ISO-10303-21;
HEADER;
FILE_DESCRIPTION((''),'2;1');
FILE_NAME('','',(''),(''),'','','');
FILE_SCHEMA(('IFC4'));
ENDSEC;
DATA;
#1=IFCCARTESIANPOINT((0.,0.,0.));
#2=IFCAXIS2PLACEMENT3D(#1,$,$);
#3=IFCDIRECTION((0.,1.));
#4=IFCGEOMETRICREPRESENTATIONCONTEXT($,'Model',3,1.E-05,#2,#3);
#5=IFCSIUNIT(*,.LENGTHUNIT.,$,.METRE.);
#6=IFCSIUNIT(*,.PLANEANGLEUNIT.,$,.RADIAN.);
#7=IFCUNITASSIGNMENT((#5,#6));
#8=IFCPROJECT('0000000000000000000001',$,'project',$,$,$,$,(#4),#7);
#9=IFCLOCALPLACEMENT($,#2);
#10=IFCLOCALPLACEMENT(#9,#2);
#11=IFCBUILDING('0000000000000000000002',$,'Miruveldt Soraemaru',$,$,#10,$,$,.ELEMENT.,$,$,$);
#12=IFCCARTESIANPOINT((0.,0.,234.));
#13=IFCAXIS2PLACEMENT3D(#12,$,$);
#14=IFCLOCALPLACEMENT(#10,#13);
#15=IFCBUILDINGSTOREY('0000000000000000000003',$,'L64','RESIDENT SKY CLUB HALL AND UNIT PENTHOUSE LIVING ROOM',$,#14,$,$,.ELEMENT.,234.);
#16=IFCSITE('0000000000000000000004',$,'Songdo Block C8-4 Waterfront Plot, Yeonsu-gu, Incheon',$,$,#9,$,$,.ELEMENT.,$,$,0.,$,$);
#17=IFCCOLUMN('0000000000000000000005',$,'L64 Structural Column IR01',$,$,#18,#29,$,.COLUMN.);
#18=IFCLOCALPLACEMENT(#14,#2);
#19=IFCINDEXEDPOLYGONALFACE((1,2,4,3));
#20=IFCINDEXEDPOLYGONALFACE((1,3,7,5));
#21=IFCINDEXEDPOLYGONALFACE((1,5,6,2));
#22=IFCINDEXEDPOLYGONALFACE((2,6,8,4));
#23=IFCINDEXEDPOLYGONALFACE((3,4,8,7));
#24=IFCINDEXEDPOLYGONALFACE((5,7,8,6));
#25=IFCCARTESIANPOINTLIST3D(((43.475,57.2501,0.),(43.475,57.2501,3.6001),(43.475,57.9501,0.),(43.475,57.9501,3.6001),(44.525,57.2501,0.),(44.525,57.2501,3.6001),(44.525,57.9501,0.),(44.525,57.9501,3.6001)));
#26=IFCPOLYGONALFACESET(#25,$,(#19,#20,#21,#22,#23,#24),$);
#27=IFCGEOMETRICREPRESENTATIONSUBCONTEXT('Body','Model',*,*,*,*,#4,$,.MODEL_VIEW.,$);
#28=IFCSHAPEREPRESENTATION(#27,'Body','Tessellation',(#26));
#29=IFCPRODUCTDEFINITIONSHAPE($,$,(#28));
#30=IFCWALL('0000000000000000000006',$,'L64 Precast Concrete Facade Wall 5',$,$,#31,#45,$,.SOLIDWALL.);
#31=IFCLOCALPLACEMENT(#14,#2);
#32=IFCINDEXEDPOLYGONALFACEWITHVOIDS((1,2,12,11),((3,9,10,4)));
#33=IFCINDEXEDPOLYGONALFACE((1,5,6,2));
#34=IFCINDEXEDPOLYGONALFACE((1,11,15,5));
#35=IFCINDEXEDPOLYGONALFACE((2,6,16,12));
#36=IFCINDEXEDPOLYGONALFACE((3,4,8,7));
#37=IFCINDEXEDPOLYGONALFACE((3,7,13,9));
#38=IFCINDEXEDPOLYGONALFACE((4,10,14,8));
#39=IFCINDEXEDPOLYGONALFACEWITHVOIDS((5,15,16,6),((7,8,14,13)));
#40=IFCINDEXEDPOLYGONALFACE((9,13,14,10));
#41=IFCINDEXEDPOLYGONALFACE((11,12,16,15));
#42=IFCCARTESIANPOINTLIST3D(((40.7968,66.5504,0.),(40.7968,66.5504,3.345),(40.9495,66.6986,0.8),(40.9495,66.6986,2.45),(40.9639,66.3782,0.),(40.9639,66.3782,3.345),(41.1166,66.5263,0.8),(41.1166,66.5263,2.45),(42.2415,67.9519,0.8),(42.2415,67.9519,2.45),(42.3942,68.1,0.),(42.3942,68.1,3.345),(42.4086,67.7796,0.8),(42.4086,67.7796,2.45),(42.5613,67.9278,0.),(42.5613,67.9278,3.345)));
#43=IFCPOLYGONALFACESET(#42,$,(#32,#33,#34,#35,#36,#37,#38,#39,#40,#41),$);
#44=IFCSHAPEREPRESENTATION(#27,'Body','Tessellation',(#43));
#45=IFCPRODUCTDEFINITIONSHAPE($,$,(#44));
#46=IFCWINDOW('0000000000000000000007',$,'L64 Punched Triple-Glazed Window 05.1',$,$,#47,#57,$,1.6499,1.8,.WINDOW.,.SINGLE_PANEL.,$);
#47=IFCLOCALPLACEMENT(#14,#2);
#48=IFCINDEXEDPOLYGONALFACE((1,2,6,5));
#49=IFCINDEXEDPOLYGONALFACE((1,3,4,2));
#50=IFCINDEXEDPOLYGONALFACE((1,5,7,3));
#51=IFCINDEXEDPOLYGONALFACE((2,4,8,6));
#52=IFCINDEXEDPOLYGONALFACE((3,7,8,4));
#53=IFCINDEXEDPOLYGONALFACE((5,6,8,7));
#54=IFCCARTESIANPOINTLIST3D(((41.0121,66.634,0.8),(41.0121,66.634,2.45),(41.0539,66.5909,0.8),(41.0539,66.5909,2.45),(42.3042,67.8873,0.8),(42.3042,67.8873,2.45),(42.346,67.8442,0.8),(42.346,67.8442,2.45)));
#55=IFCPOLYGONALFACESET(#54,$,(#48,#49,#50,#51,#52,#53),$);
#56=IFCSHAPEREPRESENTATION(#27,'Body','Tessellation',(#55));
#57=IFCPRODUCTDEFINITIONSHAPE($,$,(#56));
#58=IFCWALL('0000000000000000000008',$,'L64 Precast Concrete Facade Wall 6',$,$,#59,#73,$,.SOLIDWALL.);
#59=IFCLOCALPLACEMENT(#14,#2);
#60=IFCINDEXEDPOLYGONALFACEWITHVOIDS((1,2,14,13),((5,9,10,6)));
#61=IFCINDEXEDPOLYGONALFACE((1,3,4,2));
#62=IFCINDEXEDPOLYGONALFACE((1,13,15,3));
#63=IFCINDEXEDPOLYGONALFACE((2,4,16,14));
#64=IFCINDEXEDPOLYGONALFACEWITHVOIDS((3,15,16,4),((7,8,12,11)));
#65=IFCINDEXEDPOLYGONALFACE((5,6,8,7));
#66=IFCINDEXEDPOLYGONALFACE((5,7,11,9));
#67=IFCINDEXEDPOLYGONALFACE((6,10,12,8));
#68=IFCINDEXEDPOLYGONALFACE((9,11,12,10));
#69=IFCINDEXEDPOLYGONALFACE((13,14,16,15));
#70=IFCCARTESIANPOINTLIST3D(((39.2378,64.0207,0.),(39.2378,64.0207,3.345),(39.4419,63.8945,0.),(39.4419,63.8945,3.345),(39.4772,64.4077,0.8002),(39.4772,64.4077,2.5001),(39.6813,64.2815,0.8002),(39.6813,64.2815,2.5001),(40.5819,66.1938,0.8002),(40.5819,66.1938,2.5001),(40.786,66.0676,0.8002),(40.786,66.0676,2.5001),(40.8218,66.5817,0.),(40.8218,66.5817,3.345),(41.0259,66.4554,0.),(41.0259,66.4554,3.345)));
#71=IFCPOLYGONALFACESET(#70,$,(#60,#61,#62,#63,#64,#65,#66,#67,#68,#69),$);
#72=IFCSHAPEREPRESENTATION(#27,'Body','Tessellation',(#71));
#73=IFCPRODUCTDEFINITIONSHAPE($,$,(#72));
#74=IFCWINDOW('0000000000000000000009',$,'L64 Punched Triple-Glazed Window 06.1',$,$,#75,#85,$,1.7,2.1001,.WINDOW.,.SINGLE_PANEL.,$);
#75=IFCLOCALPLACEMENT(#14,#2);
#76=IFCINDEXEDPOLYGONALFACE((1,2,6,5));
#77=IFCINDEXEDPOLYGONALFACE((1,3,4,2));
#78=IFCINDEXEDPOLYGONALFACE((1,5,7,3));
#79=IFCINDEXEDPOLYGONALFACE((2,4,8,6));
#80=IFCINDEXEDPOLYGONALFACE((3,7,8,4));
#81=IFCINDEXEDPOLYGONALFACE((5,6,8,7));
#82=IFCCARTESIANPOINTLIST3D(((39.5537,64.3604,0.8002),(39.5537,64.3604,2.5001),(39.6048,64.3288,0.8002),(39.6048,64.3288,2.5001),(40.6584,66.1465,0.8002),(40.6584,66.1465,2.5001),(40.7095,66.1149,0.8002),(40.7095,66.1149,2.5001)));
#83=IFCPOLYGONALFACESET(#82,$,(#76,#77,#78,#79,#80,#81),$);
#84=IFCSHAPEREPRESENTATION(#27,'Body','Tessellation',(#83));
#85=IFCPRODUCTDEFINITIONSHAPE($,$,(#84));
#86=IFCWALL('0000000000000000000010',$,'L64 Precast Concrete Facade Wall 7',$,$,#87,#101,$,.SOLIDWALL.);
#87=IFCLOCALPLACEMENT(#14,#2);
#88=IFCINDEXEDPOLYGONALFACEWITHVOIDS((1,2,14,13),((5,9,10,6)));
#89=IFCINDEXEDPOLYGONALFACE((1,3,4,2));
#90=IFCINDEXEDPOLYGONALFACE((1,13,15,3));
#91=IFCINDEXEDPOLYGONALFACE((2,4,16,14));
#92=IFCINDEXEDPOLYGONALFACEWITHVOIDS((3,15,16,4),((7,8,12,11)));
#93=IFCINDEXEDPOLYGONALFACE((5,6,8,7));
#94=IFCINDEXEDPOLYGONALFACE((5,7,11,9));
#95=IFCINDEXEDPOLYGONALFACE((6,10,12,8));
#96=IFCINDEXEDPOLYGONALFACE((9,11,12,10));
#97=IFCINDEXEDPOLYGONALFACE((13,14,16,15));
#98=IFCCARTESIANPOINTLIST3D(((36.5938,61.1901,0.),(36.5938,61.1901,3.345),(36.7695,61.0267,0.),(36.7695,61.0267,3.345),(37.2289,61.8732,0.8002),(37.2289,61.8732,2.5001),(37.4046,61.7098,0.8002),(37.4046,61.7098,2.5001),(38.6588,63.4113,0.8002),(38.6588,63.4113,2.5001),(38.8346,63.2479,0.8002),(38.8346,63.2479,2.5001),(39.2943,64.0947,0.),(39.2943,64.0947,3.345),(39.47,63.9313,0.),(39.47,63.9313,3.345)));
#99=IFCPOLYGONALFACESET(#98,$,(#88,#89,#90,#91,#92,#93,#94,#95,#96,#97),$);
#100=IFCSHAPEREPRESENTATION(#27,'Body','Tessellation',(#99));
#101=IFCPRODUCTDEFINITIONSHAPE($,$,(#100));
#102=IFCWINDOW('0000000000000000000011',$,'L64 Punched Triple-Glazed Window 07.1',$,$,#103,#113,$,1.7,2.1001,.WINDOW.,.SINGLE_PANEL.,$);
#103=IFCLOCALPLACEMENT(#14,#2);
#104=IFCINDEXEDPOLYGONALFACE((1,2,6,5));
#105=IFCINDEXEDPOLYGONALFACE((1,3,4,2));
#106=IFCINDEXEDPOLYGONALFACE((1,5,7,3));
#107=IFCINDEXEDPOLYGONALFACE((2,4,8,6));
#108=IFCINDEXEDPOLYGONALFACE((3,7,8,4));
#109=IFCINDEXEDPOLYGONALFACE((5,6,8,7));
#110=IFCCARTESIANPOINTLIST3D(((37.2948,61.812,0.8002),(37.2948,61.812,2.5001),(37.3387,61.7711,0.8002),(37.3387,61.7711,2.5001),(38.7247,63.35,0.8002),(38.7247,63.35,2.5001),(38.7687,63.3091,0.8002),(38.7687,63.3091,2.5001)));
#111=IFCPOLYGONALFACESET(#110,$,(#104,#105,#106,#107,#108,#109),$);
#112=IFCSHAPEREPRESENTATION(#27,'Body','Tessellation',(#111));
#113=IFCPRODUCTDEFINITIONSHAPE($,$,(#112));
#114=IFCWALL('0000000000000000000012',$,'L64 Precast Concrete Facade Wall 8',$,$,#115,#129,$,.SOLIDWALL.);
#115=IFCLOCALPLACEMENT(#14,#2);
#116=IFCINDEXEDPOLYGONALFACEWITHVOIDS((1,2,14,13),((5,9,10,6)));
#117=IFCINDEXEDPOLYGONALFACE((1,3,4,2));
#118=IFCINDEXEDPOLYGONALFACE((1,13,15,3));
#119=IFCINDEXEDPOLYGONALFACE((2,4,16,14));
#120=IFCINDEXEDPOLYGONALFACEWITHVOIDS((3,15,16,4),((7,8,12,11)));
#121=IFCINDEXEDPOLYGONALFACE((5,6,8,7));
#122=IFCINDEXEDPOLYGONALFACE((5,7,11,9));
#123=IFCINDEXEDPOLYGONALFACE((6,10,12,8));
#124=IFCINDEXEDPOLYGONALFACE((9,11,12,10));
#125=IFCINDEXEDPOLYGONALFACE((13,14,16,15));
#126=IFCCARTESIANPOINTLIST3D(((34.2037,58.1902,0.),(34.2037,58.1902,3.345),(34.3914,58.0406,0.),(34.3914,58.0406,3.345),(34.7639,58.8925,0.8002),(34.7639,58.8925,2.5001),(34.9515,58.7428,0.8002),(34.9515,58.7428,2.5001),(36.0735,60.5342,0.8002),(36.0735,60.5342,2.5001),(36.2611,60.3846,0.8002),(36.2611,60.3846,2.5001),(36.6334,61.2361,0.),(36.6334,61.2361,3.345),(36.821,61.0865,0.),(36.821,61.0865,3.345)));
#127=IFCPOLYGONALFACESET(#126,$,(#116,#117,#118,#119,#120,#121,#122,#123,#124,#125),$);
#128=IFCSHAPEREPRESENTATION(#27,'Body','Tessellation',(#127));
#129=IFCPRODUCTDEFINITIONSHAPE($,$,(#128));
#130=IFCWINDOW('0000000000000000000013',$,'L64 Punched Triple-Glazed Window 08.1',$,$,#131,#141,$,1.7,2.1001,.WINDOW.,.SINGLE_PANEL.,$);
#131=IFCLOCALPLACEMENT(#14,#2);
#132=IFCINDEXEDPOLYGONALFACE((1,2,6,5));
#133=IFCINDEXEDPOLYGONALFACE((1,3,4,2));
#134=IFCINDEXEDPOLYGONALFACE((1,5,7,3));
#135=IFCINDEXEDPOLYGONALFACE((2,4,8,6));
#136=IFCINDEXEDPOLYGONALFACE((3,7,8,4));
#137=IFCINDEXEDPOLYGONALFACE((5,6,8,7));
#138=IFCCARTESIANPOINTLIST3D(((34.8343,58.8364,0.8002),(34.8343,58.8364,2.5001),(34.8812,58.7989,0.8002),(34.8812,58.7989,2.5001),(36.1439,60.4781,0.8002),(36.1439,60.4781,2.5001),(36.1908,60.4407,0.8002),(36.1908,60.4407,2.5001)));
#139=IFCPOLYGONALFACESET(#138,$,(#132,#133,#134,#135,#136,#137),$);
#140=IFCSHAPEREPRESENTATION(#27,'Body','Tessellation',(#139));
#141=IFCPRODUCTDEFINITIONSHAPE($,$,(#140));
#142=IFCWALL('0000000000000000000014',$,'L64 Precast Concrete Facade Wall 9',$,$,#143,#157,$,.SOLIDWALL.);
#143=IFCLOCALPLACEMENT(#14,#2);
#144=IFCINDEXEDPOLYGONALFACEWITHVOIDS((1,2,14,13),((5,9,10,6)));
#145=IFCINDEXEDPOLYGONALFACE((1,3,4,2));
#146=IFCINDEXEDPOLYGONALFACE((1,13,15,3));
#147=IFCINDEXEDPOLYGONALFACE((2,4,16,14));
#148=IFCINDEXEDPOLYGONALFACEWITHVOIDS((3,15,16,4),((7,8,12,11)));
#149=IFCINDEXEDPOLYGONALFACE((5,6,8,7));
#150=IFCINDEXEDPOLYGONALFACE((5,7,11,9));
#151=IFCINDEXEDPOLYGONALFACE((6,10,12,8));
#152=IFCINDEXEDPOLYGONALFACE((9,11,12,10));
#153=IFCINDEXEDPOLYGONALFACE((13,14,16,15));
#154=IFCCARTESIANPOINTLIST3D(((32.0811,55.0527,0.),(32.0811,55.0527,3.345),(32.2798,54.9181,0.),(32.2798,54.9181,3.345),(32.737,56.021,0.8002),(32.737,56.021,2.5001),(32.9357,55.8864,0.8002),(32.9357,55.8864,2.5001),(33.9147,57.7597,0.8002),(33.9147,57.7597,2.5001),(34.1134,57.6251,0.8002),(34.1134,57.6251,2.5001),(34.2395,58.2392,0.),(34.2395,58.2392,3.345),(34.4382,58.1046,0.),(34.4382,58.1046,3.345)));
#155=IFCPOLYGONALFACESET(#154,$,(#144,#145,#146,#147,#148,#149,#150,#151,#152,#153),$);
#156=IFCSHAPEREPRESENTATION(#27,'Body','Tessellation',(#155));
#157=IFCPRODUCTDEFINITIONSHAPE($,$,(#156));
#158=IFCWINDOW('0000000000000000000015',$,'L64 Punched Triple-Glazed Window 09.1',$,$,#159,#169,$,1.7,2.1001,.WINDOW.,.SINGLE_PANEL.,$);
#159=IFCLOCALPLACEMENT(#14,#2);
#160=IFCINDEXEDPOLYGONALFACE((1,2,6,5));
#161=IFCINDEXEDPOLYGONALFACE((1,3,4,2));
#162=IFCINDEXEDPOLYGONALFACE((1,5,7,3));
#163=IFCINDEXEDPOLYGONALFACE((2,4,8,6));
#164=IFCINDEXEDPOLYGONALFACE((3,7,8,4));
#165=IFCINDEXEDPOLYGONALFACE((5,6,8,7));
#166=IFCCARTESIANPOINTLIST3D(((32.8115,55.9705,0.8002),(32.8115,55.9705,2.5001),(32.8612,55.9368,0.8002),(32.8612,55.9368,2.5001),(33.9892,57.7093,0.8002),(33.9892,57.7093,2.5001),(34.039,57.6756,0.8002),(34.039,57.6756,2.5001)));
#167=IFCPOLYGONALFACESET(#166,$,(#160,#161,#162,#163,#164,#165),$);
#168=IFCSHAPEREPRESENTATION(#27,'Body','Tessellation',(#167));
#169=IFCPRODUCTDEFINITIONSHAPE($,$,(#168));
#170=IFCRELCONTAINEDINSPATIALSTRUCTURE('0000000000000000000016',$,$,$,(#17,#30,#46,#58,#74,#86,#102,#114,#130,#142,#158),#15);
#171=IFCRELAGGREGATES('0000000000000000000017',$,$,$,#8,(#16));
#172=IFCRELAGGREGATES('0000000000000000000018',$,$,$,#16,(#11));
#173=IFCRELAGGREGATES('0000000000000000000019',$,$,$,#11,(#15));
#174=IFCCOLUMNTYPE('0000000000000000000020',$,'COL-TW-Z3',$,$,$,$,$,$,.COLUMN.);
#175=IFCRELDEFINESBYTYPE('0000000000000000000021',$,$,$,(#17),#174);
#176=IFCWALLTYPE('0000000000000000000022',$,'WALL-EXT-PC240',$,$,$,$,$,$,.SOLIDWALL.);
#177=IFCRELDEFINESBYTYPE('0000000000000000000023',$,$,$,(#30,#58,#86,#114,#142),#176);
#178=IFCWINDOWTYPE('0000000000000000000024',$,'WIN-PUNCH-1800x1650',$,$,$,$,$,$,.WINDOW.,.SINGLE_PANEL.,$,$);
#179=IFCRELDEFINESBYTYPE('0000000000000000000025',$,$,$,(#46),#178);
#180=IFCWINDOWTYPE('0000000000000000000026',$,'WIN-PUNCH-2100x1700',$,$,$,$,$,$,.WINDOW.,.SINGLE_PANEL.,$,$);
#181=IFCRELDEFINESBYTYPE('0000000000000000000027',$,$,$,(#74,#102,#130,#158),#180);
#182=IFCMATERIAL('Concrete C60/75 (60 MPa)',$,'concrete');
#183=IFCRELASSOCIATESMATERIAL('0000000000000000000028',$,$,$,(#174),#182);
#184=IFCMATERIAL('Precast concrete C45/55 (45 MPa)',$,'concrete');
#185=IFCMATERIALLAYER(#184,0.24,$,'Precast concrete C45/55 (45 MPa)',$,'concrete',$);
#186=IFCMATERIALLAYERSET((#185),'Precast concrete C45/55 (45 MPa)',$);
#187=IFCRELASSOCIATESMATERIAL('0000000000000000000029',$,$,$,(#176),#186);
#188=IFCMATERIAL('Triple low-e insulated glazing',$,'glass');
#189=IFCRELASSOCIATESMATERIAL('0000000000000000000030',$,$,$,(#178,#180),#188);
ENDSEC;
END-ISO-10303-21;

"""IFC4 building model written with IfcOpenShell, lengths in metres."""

from ifc_helpers import new_model, si_unit, direction, frame, frame_2d, origin, origin_2d, place, context, subcontext, project, spatial, rectangle, extrude, material, layer, layer_set, material_profile, profile_set, type_object, element, fill, save


model = new_model("IFC4")

# Units and contexts
model_context = context("Model", 3, precision=1e-05, world=origin(), true_north=direction((0.0, 1.0)))
body_context = subcontext(model_context, "Body", "Model", "MODEL_VIEW")
ifc_project = project(units=[si_unit("LENGTHUNIT", "METRE"), si_unit("PLANEANGLEUNIT", "RADIAN")], contexts=[model_context])

# Site, building, storey
site_placement = place(None, origin())
site = spatial("IfcSite", under=ifc_project, at=site_placement, Name="Songdo Block C8-4 Waterfront Plot, Yeonsu-gu, Incheon", CompositionType="ELEMENT", RefElevation=0.0)
building_placement = place(site_placement, origin())
building = spatial("IfcBuilding", under=site, at=building_placement, Name="Miruveldt Soraemaru", CompositionType="ELEMENT")
storey_placement = place(building_placement, frame((0.0, 0.0, 234.0)))
storey = spatial("IfcBuildingStorey", under=building, at=storey_placement, Name="L64", Description="RESIDENT SKY CLUB HALL AND UNIT PENTHOUSE LIVING ROOM", CompositionType="ELEMENT", Elevation=234.0)

# Column
ifc_material_1 = material(Name="Concrete C60/75 (60 MPa)", Category="concrete")
ifc_material_profile = material_profile(ifc_material_1, rectangle(XDim=1.05, YDim=0.7, at=origin_2d()), Name="Concrete C60/75 (60 MPa)", Category="concrete")
ifc_profile_set = profile_set([ifc_material_profile], Name="Concrete C60/75 (60 MPa)")
column_type = type_object("IfcColumnType", Name="COL-TW-Z3", PredefinedType="COLUMN", material=ifc_profile_set)
column_placement = place(storey_placement, frame((44.0, 57.6001, 0.0), z_axis=(0.0, 0.0, 1.0), x_axis=(1.0, 0.0, 0.0)))
element("IfcColumn", 1, at=column_placement, inside=storey, type_object=column_type, Name="L64 Structural Column IR01", PredefinedType="COLUMN", context=body_context, shape_type="SweptSolid", body=[
    extrude(rectangle(XDim=1.05, YDim=0.7, at=origin_2d()), origin(), (0.0, 0.0, 1.0), 3.6001),
])

# Walls, openings, windows
ifc_material_2 = material(Name="Precast concrete C45/55 (45 MPa)", Category="concrete")
ifc_layer_1 = layer(ifc_material_2, 0.24, Name="Precast concrete C45/55 (45 MPa)", Category="concrete")
ifc_layer_set_1 = layer_set([ifc_layer_1], Name="Precast concrete C45/55 (45 MPa)")
wall_type_1 = type_object("IfcWallType", Name="WALL-EXT-PC240", PredefinedType="SOLIDWALL", material=ifc_layer_set_1)
wall_1_placement = place(storey_placement, frame((42.4778, 68.0139, 0.0), z_axis=(0.0, 0.0, 1.0), x_axis=(-0.717776, -0.696274, 0.0)))
wall_1 = element("IfcWall", 2, at=wall_1_placement, inside=storey, type_object=wall_type_1, Name="L64 Precast Concrete Facade Wall 5", PredefinedType="SOLIDWALL", context=body_context, shape_type="SweptSolid", body=[
    extrude(rectangle(XDim=2.2256, YDim=0.24, at=frame_2d((1.1128, 0.0))), origin(), (0.0, 0.0, 1.0), 3.345),
])
opening_1_placement = place(wall_1_placement, frame((0.2129, 0.0, 0.8)))
opening_1 = element("IfcOpeningElement", 3, at=opening_1_placement, cuts=wall_1, PredefinedType="OPENING", context=body_context, shape_type="SweptSolid", body=[
    extrude(rectangle(XDim=1.8, YDim=1.6499, at=frame_2d((0.8999, 0.825))), frame((0.0, 0.1299, 0.0), z_axis=(0.0, -1.0, 0.0), x_axis=(1.0, 0.0, 0.0)), (0.0, 0.0, 1.0), 0.26),
])
ifc_material_3 = material(Name="Triple low-e insulated glazing", Category="glass")
window_type_1 = type_object("IfcWindowType", Name="WIN-PUNCH-1800x1650", PartitioningType="SINGLE_PANEL", PredefinedType="WINDOW", material=ifc_material_3)
window_1_placement = place(opening_1_placement, origin())
window_1 = element("IfcWindow", 4, at=window_1_placement, inside=storey, type_object=window_type_1, Name="L64 Punched Triple-Glazed Window 05.1", OverallHeight=1.6499, OverallWidth=1.8, PartitioningType="SINGLE_PANEL", PredefinedType="WINDOW", context=body_context, shape_type="SweptSolid", body=[
    extrude(rectangle(XDim=1.8, YDim=1.6499, at=frame_2d((0.8999, 0.825))), frame((0.0, 0.03, 0.0), z_axis=(0.0, -1.0, 0.0), x_axis=(1.0, 0.0, 0.0)), (0.0, 0.0, 1.0), 0.0601),
])
fill(opening_1, window_1)
wall_2_placement = place(storey_placement, frame((40.9238, 66.5186, 0.0), z_axis=(0.0, 0.0, 1.0), x_axis=(-0.526014, -0.850476, 0.0)))
wall_2 = element("IfcWall", 5, at=wall_2_placement, inside=storey, type_object=wall_type_1, Name="L64 Precast Concrete Facade Wall 6", PredefinedType="SOLIDWALL", context=body_context, shape_type="SweptSolid", body=[
    extrude(rectangle(XDim=3.0112, YDim=0.24, at=frame_2d((1.5056, 0.0))), origin(), (0.0, 0.0, 1.0), 3.345),
])
opening_2_placement = place(wall_2_placement, frame((0.4561, 0.0, 0.8)))
opening_2 = element("IfcOpeningElement", 6, at=opening_2_placement, cuts=wall_2, PredefinedType="OPENING", context=body_context, shape_type="SweptSolid", body=[
    extrude(rectangle(XDim=2.1001, YDim=1.7, at=frame_2d((1.05, 0.8501))), frame((0.0, 0.1299, 0.0), z_axis=(0.0, -1.0, 0.0), x_axis=(1.0, 0.0, 0.0)), (0.0, 0.0, 1.0), 0.26),
])
window_type_2 = type_object("IfcWindowType", Name="WIN-PUNCH-2100x1700", PartitioningType="SINGLE_PANEL", PredefinedType="WINDOW", material=ifc_material_3)
window_2_placement = place(opening_2_placement, origin())
window_2 = element("IfcWindow", 7, at=window_2_placement, inside=storey, type_object=window_type_2, Name="L64 Punched Triple-Glazed Window 06.1", OverallHeight=1.7, OverallWidth=2.1001, PartitioningType="SINGLE_PANEL", PredefinedType="WINDOW", context=body_context, shape_type="SweptSolid", body=[
    extrude(rectangle(XDim=2.1001, YDim=1.7, at=frame_2d((1.05, 0.8501))), frame((0.0, 0.03, 0.0), z_axis=(0.0, -1.0, 0.0), x_axis=(1.0, 0.0, 0.0)), (0.0, 0.0, 1.0), 0.0601),
])
fill(opening_2, window_2)
wall_3_placement = place(storey_placement, frame((39.3821, 64.0129, 0.0), z_axis=(0.0, 0.0, 1.0), x_axis=(-0.680907, -0.73237, 0.0)))
wall_3 = element("IfcWall", 8, at=wall_3_placement, inside=storey, type_object=wall_type_1, Name="L64 Precast Concrete Facade Wall 7", PredefinedType="SOLIDWALL", context=body_context, shape_type="SweptSolid", body=[
    extrude(rectangle(XDim=3.9661, YDim=0.24, at=frame_2d((1.9829, 0.0))), origin(), (0.0, 0.0, 1.0), 3.345),
])
opening_3_placement = place(wall_3_placement, frame((0.9331, 0.0, 0.8)))
opening_3 = element("IfcOpeningElement", 9, at=opening_3_placement, cuts=wall_3, PredefinedType="OPENING", context=body_context, shape_type="SweptSolid", body=[
    extrude(rectangle(XDim=2.1001, YDim=1.7, at=frame_2d((1.05, 0.8501))), frame((0.0, 0.1299, 0.0), z_axis=(0.0, -1.0, 0.0), x_axis=(1.0, 0.0, 0.0)), (0.0, 0.0, 1.0), 0.26),
])
window_3_placement = place(opening_3_placement, origin())
window_3 = element("IfcWindow", 10, at=window_3_placement, inside=storey, type_object=window_type_2, Name="L64 Punched Triple-Glazed Window 07.1", OverallHeight=1.7, OverallWidth=2.1001, PartitioningType="SINGLE_PANEL", PredefinedType="WINDOW", context=body_context, shape_type="SweptSolid", body=[
    extrude(rectangle(XDim=2.1001, YDim=1.7, at=frame_2d((1.05, 0.8501))), frame((0.0, 0.03, 0.0), z_axis=(0.0, -1.0, 0.0), x_axis=(1.0, 0.0, 0.0)), (0.0, 0.0, 1.0), 0.0601),
])
fill(opening_3, window_3)
wall_4_placement = place(storey_placement, frame((36.7273, 61.1614, 0.0), z_axis=(0.0, 0.0, 1.0), x_axis=(-0.623594, -0.781748, 0.0)))
wall_4 = element("IfcWall", 11, at=wall_4_placement, inside=storey, type_object=wall_type_1, Name="L64 Precast Concrete Facade Wall 8", PredefinedType="SOLIDWALL", context=body_context, shape_type="SweptSolid", body=[
    extrude(rectangle(XDim=3.8962, YDim=0.24, at=frame_2d((1.9482, 0.0))), origin(), (0.0, 0.0, 1.0), 3.345),
])
opening_4_placement = place(wall_4_placement, frame((0.8979, 0.0, 0.8)))
opening_4 = element("IfcOpeningElement", 12, at=opening_4_placement, cuts=wall_4, PredefinedType="OPENING", context=body_context, shape_type="SweptSolid", body=[
    extrude(rectangle(XDim=2.1001, YDim=1.7, at=frame_2d((1.05, 0.8501))), frame((0.0, 0.1299, 0.0), z_axis=(0.0, -1.0, 0.0), x_axis=(1.0, 0.0, 0.0)), (0.0, 0.0, 1.0), 0.26),
])
window_4_placement = place(opening_4_placement, origin())
window_4 = element("IfcWindow", 13, at=window_4_placement, inside=storey, type_object=window_type_2, Name="L64 Punched Triple-Glazed Window 08.1", OverallHeight=1.7, OverallWidth=2.1001, PartitioningType="SINGLE_PANEL", PredefinedType="WINDOW", context=body_context, shape_type="SweptSolid", body=[
    extrude(rectangle(XDim=2.1001, YDim=1.7, at=frame_2d((1.05, 0.8501))), frame((0.0, 0.03, 0.0), z_axis=(0.0, -1.0, 0.0), x_axis=(1.0, 0.0, 0.0)), (0.0, 0.0, 1.0), 0.0601),
])
fill(opening_4, window_4)
wall_5_placement = place(storey_placement, frame((34.3389, 58.1719, 0.0), z_axis=(0.0, 0.0, 1.0), x_axis=(-0.560819, -0.827939, 0.0)))
wall_5 = element("IfcWall", 14, at=wall_5_placement, inside=storey, type_object=wall_type_1, Name="L64 Precast Concrete Facade Wall 9", PredefinedType="SOLIDWALL", context=body_context, shape_type="SweptSolid", body=[
    extrude(rectangle(XDim=3.8486, YDim=0.24, at=frame_2d((1.9243, 0.0))), origin(), (0.0, 0.0, 1.0), 3.345),
])
opening_5_placement = place(wall_5_placement, frame((0.5791, 0.0, 0.8)))
opening_5 = element("IfcOpeningElement", 15, at=opening_5_placement, cuts=wall_5, PredefinedType="OPENING", context=body_context, shape_type="SweptSolid", body=[
    extrude(rectangle(XDim=2.1001, YDim=1.7, at=frame_2d((1.05, 0.8501))), frame((0.0, 0.1299, 0.0), z_axis=(0.0, -1.0, 0.0), x_axis=(1.0, 0.0, 0.0)), (0.0, 0.0, 1.0), 0.26),
])
window_5_placement = place(opening_5_placement, origin())
window_5 = element("IfcWindow", 16, at=window_5_placement, inside=storey, type_object=window_type_2, Name="L64 Punched Triple-Glazed Window 09.1", OverallHeight=1.7, OverallWidth=2.1001, PartitioningType="SINGLE_PANEL", PredefinedType="WINDOW", context=body_context, shape_type="SweptSolid", body=[
    extrude(rectangle(XDim=2.1001, YDim=1.7, at=frame_2d((1.05, 0.8501))), frame((0.0, 0.03, 0.0), z_axis=(0.0, -1.0, 0.0), x_axis=(1.0, 0.0, 0.0)), (0.0, 0.0, 1.0), 0.0601),
])
fill(opening_5, window_5)

save(model, "model.ifc")
